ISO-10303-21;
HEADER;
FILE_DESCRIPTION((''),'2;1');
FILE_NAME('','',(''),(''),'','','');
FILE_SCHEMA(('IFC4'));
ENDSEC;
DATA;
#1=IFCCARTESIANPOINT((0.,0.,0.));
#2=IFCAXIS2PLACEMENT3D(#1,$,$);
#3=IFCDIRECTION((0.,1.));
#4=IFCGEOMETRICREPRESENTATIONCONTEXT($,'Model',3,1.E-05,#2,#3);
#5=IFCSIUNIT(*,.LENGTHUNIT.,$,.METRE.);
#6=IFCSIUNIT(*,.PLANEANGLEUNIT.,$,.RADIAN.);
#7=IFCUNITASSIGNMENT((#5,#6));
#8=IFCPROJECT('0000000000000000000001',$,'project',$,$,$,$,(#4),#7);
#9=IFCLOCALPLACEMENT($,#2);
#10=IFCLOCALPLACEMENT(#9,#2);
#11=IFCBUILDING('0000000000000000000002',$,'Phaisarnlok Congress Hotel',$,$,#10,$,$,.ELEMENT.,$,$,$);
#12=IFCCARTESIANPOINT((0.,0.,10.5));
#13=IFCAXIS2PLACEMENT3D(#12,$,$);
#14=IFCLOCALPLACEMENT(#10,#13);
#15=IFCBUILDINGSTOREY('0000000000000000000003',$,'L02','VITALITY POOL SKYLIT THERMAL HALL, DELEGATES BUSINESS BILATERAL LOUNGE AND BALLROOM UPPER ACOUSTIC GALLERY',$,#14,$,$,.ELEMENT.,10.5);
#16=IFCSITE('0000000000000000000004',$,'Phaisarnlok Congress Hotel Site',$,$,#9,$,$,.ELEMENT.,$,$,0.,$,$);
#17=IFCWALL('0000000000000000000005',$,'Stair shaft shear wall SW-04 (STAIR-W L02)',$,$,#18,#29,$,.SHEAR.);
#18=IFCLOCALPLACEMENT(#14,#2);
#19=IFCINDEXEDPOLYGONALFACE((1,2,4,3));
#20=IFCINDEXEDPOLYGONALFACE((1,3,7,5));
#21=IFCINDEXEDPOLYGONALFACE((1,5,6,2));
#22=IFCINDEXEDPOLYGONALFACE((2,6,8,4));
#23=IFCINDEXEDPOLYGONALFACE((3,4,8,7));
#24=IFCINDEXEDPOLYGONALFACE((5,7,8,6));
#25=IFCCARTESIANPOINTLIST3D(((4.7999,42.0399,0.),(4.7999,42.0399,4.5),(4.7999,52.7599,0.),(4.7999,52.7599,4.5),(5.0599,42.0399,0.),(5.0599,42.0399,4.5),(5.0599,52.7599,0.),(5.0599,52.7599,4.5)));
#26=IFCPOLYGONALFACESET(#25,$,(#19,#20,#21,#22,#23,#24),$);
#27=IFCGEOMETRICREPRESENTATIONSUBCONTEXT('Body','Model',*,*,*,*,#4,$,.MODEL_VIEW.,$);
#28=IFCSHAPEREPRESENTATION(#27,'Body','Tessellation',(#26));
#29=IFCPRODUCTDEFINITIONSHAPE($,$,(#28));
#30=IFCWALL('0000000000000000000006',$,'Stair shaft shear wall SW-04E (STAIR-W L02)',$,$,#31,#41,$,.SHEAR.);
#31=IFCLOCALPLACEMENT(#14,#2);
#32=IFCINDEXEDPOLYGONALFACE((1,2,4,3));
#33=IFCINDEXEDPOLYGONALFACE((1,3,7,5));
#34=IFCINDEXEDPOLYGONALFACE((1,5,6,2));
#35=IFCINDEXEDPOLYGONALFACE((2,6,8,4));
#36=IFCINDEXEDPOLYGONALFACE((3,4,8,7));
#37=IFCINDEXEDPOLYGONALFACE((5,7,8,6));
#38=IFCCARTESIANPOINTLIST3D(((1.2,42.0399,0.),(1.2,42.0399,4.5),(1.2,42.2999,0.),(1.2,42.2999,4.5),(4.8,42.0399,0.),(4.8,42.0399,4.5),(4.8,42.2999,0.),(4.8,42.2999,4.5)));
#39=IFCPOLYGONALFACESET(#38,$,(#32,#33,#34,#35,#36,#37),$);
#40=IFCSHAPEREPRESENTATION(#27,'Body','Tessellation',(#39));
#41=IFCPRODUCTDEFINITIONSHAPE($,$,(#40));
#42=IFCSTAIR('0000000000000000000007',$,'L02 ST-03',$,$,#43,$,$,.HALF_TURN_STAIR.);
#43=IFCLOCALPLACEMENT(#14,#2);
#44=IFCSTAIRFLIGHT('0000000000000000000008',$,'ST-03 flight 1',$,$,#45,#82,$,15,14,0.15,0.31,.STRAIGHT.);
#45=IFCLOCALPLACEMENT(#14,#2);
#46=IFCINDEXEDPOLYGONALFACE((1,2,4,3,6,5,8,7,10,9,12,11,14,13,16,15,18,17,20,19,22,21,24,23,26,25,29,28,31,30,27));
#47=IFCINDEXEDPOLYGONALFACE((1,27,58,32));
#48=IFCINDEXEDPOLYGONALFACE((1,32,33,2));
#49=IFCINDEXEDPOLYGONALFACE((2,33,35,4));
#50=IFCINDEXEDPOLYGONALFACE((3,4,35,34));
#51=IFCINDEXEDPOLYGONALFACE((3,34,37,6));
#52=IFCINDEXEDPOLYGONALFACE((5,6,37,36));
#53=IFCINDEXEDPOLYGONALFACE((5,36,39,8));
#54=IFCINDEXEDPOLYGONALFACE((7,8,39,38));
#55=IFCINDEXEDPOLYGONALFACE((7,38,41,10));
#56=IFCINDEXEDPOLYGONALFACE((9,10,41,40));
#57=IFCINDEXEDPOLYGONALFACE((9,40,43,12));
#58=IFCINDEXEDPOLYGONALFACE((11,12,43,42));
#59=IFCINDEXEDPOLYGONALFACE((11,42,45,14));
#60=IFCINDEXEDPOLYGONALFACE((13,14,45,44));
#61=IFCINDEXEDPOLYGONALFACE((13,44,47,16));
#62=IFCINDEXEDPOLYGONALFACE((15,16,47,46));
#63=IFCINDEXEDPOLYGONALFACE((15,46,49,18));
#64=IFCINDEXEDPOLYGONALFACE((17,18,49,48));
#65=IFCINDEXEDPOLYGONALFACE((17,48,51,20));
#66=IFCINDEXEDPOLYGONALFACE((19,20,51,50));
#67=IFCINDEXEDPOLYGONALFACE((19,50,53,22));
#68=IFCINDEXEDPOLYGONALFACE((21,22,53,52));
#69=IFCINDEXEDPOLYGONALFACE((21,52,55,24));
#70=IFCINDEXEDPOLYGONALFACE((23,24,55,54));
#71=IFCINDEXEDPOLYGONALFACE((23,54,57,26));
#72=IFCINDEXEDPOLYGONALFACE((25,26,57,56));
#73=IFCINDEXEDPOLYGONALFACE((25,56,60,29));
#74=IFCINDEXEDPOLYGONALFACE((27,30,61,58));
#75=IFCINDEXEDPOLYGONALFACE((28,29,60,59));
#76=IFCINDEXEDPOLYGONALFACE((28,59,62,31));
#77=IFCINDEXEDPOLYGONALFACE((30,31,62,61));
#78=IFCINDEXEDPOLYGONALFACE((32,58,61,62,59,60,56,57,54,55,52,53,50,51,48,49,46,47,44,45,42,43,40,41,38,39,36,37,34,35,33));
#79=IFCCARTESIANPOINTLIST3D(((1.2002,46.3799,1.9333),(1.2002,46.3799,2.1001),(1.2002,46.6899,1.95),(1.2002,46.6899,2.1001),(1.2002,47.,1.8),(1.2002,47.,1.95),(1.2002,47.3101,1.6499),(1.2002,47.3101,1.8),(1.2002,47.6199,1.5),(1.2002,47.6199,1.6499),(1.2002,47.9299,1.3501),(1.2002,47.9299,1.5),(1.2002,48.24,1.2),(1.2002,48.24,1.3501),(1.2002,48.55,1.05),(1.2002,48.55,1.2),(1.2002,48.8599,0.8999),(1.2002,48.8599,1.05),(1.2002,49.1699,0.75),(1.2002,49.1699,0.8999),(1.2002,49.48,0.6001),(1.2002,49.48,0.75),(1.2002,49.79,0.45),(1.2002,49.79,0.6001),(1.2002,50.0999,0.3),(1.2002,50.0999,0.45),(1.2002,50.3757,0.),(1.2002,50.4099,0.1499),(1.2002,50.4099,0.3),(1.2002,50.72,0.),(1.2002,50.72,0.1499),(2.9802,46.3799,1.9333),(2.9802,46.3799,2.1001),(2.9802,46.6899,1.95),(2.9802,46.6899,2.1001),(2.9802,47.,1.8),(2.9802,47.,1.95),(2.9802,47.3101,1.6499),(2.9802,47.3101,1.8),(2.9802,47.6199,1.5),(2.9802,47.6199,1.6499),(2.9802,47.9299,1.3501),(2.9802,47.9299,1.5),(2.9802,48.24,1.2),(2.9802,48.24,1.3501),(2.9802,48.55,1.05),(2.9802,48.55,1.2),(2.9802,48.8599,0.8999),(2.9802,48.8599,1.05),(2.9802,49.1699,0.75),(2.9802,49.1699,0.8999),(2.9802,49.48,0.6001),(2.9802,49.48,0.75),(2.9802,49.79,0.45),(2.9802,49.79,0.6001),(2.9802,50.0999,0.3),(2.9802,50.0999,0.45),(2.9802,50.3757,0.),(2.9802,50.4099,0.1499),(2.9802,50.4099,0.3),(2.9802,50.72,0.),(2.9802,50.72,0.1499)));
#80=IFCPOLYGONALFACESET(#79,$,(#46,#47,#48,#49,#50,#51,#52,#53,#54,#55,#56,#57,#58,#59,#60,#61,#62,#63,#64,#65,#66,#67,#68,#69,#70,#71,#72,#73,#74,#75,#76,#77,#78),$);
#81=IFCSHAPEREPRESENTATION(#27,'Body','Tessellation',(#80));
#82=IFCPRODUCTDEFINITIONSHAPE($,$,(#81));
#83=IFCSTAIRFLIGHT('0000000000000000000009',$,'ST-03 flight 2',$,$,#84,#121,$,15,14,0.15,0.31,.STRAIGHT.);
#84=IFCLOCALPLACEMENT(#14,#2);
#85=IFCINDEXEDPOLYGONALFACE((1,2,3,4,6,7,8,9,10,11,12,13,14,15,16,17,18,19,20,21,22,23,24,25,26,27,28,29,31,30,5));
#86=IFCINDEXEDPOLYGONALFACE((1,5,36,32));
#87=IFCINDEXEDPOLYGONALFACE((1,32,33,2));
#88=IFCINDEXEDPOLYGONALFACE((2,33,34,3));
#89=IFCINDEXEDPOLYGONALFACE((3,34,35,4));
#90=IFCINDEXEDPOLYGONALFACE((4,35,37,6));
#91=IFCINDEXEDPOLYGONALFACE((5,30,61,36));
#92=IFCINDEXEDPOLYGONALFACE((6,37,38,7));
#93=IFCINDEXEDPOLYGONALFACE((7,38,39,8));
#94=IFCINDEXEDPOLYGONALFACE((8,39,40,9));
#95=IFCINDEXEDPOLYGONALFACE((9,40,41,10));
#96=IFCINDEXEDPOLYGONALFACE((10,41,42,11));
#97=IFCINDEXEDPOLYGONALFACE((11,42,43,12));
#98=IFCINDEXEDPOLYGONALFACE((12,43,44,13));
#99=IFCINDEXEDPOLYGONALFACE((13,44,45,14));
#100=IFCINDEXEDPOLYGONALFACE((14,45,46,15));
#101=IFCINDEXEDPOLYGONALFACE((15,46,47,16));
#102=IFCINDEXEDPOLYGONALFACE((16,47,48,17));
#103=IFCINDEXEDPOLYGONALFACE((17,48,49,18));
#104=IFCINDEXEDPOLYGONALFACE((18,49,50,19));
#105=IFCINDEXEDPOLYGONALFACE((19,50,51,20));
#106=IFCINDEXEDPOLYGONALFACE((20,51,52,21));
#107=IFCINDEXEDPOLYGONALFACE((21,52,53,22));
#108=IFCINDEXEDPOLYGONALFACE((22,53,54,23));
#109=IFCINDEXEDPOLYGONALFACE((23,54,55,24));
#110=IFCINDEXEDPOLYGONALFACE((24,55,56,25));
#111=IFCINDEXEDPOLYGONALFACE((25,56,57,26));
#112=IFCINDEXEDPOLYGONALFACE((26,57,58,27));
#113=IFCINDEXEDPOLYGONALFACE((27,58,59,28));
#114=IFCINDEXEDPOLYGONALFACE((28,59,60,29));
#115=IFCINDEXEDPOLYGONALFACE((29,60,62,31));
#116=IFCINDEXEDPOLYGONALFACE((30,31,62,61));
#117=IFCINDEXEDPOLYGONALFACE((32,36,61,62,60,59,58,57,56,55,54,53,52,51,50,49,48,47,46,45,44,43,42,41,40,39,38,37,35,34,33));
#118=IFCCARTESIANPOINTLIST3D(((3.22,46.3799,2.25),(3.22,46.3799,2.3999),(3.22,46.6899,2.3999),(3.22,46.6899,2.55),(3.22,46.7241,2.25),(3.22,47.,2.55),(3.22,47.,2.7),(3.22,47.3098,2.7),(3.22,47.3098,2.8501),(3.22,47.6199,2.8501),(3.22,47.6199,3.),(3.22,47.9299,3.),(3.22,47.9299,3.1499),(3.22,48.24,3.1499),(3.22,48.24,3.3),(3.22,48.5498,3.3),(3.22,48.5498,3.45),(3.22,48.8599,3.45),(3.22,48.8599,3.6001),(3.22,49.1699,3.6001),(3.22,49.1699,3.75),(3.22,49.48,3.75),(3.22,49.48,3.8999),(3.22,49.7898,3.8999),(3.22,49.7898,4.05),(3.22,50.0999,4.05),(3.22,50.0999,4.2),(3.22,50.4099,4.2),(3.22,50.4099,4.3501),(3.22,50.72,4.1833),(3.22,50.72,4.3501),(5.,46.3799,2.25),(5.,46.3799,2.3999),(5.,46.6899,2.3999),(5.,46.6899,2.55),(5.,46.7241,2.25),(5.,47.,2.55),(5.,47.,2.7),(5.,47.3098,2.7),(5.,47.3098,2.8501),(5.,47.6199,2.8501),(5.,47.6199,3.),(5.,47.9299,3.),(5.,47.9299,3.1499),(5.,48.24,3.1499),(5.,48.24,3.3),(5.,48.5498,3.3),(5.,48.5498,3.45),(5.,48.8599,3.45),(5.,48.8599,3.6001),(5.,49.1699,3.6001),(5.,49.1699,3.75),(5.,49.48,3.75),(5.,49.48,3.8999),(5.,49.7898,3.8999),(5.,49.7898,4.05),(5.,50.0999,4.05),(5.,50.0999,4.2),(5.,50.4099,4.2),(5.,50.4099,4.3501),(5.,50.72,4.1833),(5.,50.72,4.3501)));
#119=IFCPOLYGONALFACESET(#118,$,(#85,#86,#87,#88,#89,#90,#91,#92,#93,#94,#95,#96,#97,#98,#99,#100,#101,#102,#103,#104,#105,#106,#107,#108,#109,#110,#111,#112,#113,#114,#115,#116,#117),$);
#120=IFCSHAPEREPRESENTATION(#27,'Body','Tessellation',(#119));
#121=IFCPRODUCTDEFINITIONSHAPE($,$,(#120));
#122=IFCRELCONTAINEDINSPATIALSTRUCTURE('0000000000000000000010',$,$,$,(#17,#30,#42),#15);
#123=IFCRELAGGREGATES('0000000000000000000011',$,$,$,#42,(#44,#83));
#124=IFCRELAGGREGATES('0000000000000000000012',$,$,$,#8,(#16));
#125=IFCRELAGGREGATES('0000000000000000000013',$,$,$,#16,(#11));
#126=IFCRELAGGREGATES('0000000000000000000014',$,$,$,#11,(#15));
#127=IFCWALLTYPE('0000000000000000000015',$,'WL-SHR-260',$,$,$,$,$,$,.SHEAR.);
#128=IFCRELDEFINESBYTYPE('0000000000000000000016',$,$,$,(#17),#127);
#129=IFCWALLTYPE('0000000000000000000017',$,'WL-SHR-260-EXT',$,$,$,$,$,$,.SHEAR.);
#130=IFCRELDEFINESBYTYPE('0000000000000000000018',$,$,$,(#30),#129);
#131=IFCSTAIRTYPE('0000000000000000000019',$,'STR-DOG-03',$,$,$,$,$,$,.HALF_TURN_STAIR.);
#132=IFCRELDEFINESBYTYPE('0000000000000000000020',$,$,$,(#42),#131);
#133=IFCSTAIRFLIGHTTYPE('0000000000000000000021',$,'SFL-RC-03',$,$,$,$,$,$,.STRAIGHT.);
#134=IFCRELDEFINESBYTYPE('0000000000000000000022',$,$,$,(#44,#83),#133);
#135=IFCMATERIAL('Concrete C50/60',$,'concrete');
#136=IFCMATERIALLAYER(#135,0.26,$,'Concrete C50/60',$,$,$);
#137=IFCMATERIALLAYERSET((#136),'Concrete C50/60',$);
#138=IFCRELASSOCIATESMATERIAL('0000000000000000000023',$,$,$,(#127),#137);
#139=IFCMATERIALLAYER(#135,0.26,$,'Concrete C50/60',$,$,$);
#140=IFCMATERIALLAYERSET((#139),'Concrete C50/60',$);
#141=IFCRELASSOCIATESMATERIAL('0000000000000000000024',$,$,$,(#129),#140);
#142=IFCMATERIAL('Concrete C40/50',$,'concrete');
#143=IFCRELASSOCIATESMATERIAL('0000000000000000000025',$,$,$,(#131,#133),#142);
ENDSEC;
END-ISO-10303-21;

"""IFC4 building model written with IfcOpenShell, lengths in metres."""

from ifc_helpers import new_model, si_unit, direction, frame, frame_2d, origin, place, context, subcontext, project, spatial, polyline, rectangle, outline, extrude, material, layer, layer_set, type_object, element, aggregate, save


model = new_model("IFC4")

# Units and contexts
model_context = context("Model", 3, precision=1e-05, world=origin(), true_north=direction((0.0, 1.0)))
body_context = subcontext(model_context, "Body", "Model", "MODEL_VIEW")
ifc_project = project(units=[si_unit("LENGTHUNIT", "METRE"), si_unit("PLANEANGLEUNIT", "RADIAN")], contexts=[model_context])

# Site, building, storey
site_placement = place(None, origin())
site = spatial("IfcSite", under=ifc_project, at=site_placement, Name="Phaisarnlok Congress Hotel Site", CompositionType="ELEMENT", RefElevation=0.0)
building_placement = place(site_placement, origin())
building = spatial("IfcBuilding", under=site, at=building_placement, Name="Phaisarnlok Congress Hotel", CompositionType="ELEMENT")
storey_placement = place(building_placement, frame((0.0, 0.0, 10.5)))
storey = spatial("IfcBuildingStorey", under=building, at=storey_placement, Name="L02", Description="VITALITY POOL SKYLIT THERMAL HALL, DELEGATES BUSINESS BILATERAL LOUNGE AND BALLROOM UPPER ACOUSTIC GALLERY", CompositionType="ELEMENT", Elevation=10.5)

# Shared definitions
ifc_material_1 = material(Name="Concrete C50/60", Category="concrete")

# Shared definitions
ifc_material_2 = material(Name="Concrete C40/50", Category="concrete")

# Wall
ifc_layer_1 = layer(ifc_material_1, 0.26, Name="Concrete C50/60")
ifc_layer_set_1 = layer_set([ifc_layer_1], Name="Concrete C50/60")
wall_type_1 = type_object("IfcWallType", Name="WL-SHR-260", PredefinedType="SHEAR", material=ifc_layer_set_1)
for number, where, z_axis, x_axis, name in (
    (1, (4.9299, 42.04, 0.0), (0.0, 0.0, 1.0), (0.0, 1.0, 0.0), "Stair shaft shear wall SW-04 (STAIR-W L02)"),
):
    element("IfcWall", number, at=place(storey_placement, frame(where, z_axis=z_axis, x_axis=x_axis)), inside=storey, type_object=wall_type_1, Name=name, PredefinedType="SHEAR", context=body_context, shape_type="SweptSolid", body=[
        extrude(rectangle(XDim=10.72, YDim=0.26, at=frame_2d((5.3599, 0.0))), origin(), (0.0, 0.0, 1.0), 4.5),
    ])

# Wall
ifc_layer_2 = layer(ifc_material_1, 0.26, Name="Concrete C50/60")
ifc_layer_set_2 = layer_set([ifc_layer_2], Name="Concrete C50/60")
wall_type_2 = type_object("IfcWallType", Name="WL-SHR-260-EXT", PredefinedType="SHEAR", material=ifc_layer_set_2)
wall_1_placement = place(storey_placement, frame((1.2, 42.1699, 0.0), z_axis=(0.0, 0.0, 1.0), x_axis=(1.0, 0.0, 0.0)))
element("IfcWall", 2, at=wall_1_placement, inside=storey, type_object=wall_type_2, Name="Stair shaft shear wall SW-04E (STAIR-W L02)", PredefinedType="SHEAR", context=body_context, shape_type="SweptSolid", body=[
    extrude(rectangle(XDim=3.6001, YDim=0.26, at=frame_2d((1.8, 0.0))), origin(), (0.0, 0.0, 1.0), 4.5),
])

# Stair, stair flights
stair_type = type_object("IfcStairType", Name="STR-DOG-03", PredefinedType="HALF_TURN_STAIR", material=ifc_material_2)
stair_placement = place(storey_placement, origin())
stair = element("IfcStair", 3, at=stair_placement, inside=storey, type_object=stair_type, Name="L02 ST-03", PredefinedType="HALF_TURN_STAIR")
stair_flight_type = type_object("IfcStairFlightType", Name="SFL-RC-03", PredefinedType="STRAIGHT", material=ifc_material_2)
stair_flight_1_placement = place(storey_placement, frame((2.0901, 50.72, 0.0), z_axis=(0.0, 0.0, 1.0), x_axis=(0.0, -1.0, 0.0)))
stair_flight_1 = element("IfcStairFlight", 4, at=stair_flight_1_placement, type_object=stair_flight_type, Name="ST-03 flight 1", NumberOfRisers=15, NumberOfTreads=14, PredefinedType="STRAIGHT", RiserHeight=0.15, TreadLength=0.31, context=body_context, shape_type="SweptSolid", body=[
    extrude(outline(polyline([(0.0, 0.0), (0.0, 0.1499), (0.3101, 0.1499), (0.3101, 0.3), (0.6201, 0.3), (0.6201, 0.45), (0.9299, 0.45), (0.9299, 0.6001), (1.24, 0.6001), (1.24, 0.75), (1.55, 0.75), (1.55, 0.8999), (1.8601, 0.8999), (1.8601, 1.05), (2.1699, 1.05), (2.1699, 1.2), (2.48, 1.2), (2.48, 1.3501), (2.79, 1.3501), (2.79, 1.5), (3.1001, 1.5), (3.1001, 1.6499), (3.4099, 1.6499), (3.4099, 1.8), (3.72, 1.8), (3.72, 1.95), (4.03, 1.95), (4.03, 2.1001), (4.3401, 2.1001), (4.3401, 2.25), (4.3401, 1.9333), (0.3442, 0.0), (0.0, 0.0)])), frame((0.0, 0.8901, 0.0), z_axis=(0.0, -1.0, 0.0), x_axis=(1.0, 0.0, 0.0)), (0.0, 0.0, 1.0), 1.78),
])
stair_flight_2_placement = place(storey_placement, frame((4.1101, 46.3799, 2.25), z_axis=(0.0, 0.0, 1.0), x_axis=(0.0, 1.0, 0.0)))
stair_flight_2 = element("IfcStairFlight", 5, at=stair_flight_2_placement, type_object=stair_flight_type, Name="ST-03 flight 2", NumberOfRisers=15, NumberOfTreads=14, PredefinedType="STRAIGHT", RiserHeight=0.15, TreadLength=0.31, context=body_context, shape_type="SweptSolid", body=[
    extrude(outline(polyline([(0.0, 0.0), (0.0, 0.1499), (0.3101, 0.1499), (0.3101, 0.3), (0.6201, 0.3), (0.6201, 0.45), (0.9299, 0.45), (0.9299, 0.6001), (1.24, 0.6001), (1.24, 0.75), (1.55, 0.75), (1.55, 0.8999), (1.8601, 0.8999), (1.8601, 1.05), (2.1699, 1.05), (2.1699, 1.2), (2.48, 1.2), (2.48, 1.3501), (2.79, 1.3501), (2.79, 1.5), (3.1001, 1.5), (3.1001, 1.6499), (3.4099, 1.6499), (3.4099, 1.8), (3.72, 1.8), (3.72, 1.95), (4.03, 1.95), (4.03, 2.1001), (4.3401, 2.1001), (4.3401, 2.25), (4.3401, 1.9333), (0.3442, 0.0), (0.0, 0.0)])), frame((0.0, 0.8901, 0.0), z_axis=(0.0, -1.0, 0.0), x_axis=(1.0, 0.0, 0.0)), (0.0, 0.0, 1.0), 1.78),
])
aggregate(stair, [stair_flight_1, stair_flight_2])

save(model, "model.ifc")
